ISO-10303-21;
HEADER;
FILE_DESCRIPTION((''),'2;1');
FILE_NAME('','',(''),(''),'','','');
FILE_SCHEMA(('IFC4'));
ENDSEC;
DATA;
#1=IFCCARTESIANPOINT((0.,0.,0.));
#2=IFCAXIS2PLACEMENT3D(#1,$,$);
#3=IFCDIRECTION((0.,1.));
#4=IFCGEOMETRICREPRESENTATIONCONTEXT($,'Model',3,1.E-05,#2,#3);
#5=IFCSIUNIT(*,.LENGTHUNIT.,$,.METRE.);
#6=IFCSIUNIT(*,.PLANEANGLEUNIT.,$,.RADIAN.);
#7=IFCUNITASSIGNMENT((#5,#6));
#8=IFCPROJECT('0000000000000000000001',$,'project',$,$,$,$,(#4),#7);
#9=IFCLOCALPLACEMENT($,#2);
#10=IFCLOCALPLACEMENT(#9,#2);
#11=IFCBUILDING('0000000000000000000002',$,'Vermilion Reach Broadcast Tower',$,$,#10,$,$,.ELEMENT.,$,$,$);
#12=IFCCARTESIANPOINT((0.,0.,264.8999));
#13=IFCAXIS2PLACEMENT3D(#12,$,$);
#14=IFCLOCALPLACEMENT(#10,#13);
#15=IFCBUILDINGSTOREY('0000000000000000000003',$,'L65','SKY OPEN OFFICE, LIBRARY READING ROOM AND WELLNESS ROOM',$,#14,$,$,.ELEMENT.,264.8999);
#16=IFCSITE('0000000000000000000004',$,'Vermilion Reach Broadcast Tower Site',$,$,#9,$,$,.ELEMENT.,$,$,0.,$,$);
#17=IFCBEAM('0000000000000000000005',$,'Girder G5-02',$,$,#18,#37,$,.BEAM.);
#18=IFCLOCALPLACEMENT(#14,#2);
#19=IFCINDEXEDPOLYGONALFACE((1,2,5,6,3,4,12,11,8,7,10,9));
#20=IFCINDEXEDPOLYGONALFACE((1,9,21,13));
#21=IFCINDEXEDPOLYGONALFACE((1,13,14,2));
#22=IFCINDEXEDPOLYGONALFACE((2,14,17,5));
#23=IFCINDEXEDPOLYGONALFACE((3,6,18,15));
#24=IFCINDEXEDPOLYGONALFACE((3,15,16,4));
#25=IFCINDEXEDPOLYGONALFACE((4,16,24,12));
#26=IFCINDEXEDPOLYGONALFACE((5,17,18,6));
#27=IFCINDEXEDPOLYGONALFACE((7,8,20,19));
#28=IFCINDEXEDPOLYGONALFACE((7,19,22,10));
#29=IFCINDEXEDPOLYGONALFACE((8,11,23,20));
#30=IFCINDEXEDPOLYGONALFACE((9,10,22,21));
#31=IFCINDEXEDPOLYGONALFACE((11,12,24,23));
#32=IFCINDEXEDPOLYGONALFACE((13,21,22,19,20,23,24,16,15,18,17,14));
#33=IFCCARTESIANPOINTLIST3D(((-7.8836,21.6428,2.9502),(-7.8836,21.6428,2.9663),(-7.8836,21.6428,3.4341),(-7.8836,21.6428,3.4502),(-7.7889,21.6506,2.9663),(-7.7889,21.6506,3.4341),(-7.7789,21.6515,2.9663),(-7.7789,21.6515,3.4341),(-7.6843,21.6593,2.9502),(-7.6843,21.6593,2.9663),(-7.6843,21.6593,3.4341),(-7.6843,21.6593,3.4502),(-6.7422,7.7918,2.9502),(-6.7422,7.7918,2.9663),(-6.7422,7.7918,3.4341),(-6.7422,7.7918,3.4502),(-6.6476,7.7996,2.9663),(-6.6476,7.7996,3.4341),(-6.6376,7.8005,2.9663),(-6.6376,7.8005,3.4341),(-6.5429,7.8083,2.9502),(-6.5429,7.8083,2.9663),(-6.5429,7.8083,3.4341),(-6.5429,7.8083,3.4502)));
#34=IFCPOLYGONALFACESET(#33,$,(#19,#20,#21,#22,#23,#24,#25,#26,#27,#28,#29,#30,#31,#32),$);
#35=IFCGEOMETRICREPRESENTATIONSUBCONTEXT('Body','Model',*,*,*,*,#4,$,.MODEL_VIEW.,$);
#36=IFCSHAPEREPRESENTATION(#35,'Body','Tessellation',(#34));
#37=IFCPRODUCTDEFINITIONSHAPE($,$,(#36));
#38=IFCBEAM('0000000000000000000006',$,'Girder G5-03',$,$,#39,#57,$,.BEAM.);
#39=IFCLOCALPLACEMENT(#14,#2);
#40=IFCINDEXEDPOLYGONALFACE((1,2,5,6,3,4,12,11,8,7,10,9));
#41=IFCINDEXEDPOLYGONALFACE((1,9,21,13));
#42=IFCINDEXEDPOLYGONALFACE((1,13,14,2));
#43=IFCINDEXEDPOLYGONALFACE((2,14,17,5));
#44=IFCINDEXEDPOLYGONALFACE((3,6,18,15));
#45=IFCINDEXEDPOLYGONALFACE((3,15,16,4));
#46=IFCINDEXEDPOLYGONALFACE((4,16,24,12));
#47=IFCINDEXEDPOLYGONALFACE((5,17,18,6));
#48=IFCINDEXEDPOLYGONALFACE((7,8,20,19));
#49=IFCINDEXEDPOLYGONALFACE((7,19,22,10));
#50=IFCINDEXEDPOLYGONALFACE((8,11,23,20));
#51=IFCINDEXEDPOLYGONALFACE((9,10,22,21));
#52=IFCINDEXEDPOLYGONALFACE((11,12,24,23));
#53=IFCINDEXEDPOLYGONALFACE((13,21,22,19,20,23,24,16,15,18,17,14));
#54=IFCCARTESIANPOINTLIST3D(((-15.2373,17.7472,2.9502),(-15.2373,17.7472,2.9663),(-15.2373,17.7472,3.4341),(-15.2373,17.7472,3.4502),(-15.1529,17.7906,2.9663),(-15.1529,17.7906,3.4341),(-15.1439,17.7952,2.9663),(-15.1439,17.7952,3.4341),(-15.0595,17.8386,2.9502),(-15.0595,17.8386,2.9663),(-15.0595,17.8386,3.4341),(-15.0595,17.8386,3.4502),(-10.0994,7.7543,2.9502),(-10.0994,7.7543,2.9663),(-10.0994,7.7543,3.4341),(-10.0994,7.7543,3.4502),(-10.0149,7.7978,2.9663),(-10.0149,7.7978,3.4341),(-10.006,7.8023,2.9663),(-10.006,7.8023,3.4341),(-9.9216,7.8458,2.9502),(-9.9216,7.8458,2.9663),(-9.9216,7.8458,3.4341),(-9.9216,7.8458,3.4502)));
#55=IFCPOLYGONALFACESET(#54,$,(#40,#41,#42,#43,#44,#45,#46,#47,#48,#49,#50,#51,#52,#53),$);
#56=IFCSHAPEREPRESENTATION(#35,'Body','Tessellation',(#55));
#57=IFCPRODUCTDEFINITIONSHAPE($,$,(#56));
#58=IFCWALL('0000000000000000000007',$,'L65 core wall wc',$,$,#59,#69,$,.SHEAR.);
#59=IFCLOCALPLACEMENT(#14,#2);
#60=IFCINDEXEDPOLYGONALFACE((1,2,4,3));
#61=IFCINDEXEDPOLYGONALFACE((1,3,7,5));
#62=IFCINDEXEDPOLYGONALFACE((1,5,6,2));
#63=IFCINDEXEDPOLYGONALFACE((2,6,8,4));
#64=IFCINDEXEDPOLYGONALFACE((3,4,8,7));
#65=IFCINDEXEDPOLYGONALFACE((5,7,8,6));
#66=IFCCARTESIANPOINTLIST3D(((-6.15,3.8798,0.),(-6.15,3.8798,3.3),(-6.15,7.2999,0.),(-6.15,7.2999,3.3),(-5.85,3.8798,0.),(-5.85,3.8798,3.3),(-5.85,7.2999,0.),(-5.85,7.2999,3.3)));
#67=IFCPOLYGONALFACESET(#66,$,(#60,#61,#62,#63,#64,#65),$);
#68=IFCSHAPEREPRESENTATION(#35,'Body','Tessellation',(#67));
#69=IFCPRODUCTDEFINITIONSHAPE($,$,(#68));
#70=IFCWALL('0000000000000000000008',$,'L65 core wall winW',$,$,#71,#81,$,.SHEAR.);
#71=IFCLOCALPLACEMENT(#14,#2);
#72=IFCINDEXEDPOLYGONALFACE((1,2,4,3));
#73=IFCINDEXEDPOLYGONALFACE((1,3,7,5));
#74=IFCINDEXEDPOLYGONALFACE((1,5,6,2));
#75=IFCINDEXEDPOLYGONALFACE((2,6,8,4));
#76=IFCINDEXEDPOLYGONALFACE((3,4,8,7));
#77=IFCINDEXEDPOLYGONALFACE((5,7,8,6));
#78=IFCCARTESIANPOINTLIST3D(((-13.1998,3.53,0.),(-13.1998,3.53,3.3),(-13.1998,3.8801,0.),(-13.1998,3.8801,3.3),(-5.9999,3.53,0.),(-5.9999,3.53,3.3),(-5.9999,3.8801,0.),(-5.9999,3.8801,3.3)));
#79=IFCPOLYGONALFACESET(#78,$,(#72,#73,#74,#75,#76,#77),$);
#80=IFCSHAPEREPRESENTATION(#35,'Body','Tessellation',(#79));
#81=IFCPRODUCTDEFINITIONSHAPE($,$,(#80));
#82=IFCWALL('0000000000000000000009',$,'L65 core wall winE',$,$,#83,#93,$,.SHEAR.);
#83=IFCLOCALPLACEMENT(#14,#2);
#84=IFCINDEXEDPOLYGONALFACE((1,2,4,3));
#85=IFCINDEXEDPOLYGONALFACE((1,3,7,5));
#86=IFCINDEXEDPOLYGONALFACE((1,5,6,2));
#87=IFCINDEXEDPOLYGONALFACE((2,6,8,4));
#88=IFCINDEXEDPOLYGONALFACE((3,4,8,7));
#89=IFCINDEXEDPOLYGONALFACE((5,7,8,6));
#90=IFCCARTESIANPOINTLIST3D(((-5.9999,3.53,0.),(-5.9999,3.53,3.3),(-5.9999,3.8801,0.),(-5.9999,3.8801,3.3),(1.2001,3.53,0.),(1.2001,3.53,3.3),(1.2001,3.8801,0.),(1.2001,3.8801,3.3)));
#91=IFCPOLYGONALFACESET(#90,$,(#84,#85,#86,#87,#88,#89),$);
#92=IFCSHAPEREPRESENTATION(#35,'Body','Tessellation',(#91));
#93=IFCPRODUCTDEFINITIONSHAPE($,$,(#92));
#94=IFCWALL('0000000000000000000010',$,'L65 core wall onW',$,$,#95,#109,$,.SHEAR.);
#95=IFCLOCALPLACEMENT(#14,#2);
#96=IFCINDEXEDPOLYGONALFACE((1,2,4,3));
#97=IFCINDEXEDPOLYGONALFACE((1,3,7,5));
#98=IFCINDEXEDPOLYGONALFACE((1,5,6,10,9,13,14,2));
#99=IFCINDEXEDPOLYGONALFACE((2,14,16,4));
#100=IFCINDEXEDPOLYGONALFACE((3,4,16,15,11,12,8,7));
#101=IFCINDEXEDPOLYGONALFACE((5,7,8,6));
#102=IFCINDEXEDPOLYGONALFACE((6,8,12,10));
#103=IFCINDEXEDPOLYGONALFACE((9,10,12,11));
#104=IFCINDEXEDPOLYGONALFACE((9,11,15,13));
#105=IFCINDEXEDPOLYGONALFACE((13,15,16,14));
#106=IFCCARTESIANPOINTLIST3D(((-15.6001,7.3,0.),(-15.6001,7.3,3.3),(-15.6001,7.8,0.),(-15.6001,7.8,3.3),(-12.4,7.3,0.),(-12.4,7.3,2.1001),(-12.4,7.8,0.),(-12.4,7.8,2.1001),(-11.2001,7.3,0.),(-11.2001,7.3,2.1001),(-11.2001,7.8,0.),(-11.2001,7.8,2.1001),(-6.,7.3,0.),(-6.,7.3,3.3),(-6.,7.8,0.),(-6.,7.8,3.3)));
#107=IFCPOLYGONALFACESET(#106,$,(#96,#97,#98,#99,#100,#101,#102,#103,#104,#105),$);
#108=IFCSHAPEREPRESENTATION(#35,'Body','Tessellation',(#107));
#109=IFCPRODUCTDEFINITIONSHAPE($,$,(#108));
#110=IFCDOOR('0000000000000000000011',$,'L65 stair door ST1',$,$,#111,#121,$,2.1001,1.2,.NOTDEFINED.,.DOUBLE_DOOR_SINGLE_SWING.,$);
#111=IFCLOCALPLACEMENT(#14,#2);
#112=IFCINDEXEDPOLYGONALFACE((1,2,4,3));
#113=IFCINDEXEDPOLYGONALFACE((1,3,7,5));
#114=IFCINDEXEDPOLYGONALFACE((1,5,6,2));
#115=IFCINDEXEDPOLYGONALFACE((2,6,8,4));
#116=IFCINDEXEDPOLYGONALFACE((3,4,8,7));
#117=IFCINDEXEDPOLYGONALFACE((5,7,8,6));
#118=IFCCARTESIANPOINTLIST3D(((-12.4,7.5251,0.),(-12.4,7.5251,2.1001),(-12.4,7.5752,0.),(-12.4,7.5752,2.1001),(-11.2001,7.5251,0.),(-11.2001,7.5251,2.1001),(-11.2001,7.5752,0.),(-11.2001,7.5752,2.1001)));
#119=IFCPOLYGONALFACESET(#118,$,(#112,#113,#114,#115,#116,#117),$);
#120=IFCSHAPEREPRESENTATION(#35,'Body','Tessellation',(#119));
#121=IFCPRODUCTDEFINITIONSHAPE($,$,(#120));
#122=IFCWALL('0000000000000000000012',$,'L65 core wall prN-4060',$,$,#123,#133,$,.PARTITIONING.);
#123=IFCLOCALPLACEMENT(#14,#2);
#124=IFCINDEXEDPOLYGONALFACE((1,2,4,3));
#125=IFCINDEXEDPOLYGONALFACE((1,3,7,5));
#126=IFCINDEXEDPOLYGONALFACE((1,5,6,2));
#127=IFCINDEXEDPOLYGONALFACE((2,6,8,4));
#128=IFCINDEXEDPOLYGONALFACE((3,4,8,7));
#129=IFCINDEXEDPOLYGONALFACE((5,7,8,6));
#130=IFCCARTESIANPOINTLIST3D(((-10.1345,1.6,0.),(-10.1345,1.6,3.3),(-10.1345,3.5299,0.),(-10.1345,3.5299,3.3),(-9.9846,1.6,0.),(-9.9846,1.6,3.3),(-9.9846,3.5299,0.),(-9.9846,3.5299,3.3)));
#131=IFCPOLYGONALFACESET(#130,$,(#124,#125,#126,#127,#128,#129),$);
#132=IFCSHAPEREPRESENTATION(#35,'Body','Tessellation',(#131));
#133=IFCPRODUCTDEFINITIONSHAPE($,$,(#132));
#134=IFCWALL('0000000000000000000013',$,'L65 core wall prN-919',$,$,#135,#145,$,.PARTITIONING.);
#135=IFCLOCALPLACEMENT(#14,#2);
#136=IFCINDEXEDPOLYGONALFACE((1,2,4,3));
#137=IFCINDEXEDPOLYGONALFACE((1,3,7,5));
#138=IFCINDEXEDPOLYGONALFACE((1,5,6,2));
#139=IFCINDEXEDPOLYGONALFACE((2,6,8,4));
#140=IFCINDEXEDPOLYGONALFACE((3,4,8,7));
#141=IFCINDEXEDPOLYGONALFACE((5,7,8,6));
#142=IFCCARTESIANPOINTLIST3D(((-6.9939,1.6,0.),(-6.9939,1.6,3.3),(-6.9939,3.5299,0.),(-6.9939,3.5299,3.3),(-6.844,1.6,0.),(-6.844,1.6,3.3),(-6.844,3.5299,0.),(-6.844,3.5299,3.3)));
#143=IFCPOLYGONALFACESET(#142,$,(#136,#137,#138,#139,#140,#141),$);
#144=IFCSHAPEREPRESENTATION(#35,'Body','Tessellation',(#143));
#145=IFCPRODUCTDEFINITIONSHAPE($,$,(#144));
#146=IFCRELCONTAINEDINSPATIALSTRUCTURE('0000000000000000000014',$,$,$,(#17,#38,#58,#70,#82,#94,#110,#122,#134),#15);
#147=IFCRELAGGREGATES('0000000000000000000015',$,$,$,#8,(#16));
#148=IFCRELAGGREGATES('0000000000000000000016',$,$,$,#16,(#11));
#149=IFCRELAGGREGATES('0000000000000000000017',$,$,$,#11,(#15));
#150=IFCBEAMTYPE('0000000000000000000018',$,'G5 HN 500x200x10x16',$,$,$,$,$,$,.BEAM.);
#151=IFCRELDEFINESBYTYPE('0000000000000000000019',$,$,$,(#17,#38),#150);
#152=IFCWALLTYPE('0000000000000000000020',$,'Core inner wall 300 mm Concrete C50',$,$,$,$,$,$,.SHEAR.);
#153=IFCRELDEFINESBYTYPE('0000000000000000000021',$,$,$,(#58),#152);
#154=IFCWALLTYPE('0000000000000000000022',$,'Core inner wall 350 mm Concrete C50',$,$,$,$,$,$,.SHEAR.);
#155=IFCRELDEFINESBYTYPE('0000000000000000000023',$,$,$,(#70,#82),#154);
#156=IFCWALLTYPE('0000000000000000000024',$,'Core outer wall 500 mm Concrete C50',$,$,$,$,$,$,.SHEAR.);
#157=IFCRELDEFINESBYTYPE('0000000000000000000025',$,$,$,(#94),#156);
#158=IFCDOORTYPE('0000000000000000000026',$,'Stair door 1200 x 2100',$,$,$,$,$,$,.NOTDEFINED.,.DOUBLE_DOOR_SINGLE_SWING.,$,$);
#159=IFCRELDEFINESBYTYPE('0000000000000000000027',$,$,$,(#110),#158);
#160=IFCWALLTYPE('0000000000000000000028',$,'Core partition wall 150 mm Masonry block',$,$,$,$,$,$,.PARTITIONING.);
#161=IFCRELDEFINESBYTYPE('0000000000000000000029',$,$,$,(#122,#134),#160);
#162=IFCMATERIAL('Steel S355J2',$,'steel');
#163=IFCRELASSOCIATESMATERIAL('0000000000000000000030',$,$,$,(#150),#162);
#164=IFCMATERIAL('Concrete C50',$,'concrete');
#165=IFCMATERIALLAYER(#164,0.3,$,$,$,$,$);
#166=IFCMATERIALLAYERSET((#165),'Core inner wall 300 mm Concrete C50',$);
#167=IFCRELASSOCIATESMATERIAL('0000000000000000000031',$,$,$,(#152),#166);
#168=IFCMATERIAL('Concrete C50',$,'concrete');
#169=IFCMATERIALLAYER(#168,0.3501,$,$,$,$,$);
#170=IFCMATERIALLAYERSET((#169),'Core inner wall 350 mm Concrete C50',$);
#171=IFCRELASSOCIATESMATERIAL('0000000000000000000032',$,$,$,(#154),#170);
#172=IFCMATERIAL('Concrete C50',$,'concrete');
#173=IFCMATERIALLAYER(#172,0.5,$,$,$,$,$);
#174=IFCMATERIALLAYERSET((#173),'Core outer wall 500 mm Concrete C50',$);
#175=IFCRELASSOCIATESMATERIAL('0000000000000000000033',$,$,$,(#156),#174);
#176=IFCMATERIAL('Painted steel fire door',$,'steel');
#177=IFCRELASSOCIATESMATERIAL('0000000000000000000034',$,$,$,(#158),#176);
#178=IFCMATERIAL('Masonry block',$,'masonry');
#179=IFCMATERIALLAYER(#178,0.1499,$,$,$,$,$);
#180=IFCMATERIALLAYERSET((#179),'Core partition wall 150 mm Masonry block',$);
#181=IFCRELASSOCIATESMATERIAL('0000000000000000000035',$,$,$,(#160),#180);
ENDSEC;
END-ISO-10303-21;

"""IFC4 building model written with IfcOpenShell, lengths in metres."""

from ifc_helpers import new_model, si_unit, direction, frame, frame_2d, origin, origin_2d, place, context, subcontext, project, spatial, rectangle, i_section, extrude, material, layer, layer_set, material_profile, profile_set, type_object, element, fill, save


model = new_model("IFC4")

# Units and contexts
model_context = context("Model", 3, precision=1e-05, world=origin(), true_north=direction((0.0, 1.0)))
body_context = subcontext(model_context, "Body", "Model", "MODEL_VIEW")
ifc_project = project(units=[si_unit("LENGTHUNIT", "METRE"), si_unit("PLANEANGLEUNIT", "RADIAN")], contexts=[model_context])

# Site, building, storey
site_placement = place(None, origin())
site = spatial("IfcSite", under=ifc_project, at=site_placement, Name="Vermilion Reach Broadcast Tower Site", CompositionType="ELEMENT", RefElevation=0.0)
building_placement = place(site_placement, origin())
building = spatial("IfcBuilding", under=site, at=building_placement, Name="Vermilion Reach Broadcast Tower", CompositionType="ELEMENT")
storey_placement = place(building_placement, frame((0.0, 0.0, 264.8999)))
storey = spatial("IfcBuildingStorey", under=building, at=storey_placement, Name="L65", Description="SKY OPEN OFFICE, LIBRARY READING ROOM AND WELLNESS ROOM", CompositionType="ELEMENT", Elevation=264.8999)

# Beams
ifc_material_1 = material(Name="Steel S355J2", Category="steel")
ifc_material_profile = material_profile(ifc_material_1, i_section(OverallWidth=0.2, OverallDepth=0.5, WebThickness=0.01, FlangeThickness=0.0161, at=origin_2d()), Name="S355J2 HN 500x200x10x16")
ifc_profile_set = profile_set([ifc_material_profile], Name="Steel S355J2")
beam_type = type_object("IfcBeamType", Name="G5 HN 500x200x10x16", PredefinedType="BEAM", material=ifc_profile_set)
beam_1_placement = place(storey_placement, frame((-6.6426, 7.8, 3.2002), z_axis=(-0.082124, 0.996622, 0.0), x_axis=(-0.996622, -0.082124, 0.0)))
element("IfcBeam", 1, at=beam_1_placement, inside=storey, type_object=beam_type, Name="Girder G5-02", PredefinedType="BEAM", context=body_context, shape_type="SweptSolid", body=[
    extrude(i_section(OverallWidth=0.2, OverallDepth=0.5, WebThickness=0.01, FlangeThickness=0.0161, at=origin_2d()), origin(), (0.0, 0.0, 1.0), 13.8979),
])
beam_2_placement = place(storey_placement, frame((-10.0105, 7.8, 3.2002), z_axis=(-0.457258, 0.889334, 0.0), x_axis=(-0.889334, -0.457258, 0.0)))
element("IfcBeam", 2, at=beam_2_placement, inside=storey, type_object=beam_type, Name="Girder G5-03", PredefinedType="BEAM", context=body_context, shape_type="SweptSolid", body=[
    extrude(i_section(OverallWidth=0.2, OverallDepth=0.5, WebThickness=0.01, FlangeThickness=0.0161, at=origin_2d()), origin(), (0.0, 0.0, 1.0), 11.2363),
])

# Walls
ifc_material_2 = material(Name="Concrete C50", Category="concrete")
ifc_layer_1 = layer(ifc_material_2, 0.3)
ifc_layer_set_1 = layer_set([ifc_layer_1], Name="Core inner wall 300 mm Concrete C50")
wall_type_1 = type_object("IfcWallType", Name="Core inner wall 300 mm Concrete C50", PredefinedType="SHEAR", material=ifc_layer_set_1)
wall_1_placement = place(storey_placement, frame((-6.0, 3.8799, 0.0), z_axis=(0.0, 0.0, 1.0), x_axis=(0.0, 1.0, 0.0)))
element("IfcWall", 3, at=wall_1_placement, inside=storey, type_object=wall_type_1, Name="L65 core wall wc", PredefinedType="SHEAR", context=body_context, shape_type="SweptSolid", body=[
    extrude(rectangle(XDim=3.4202, YDim=0.3, at=frame_2d((1.71, 0.0))), origin(), (0.0, 0.0, 1.0), 3.3),
])
ifc_material_3 = material(Name="Concrete C50", Category="concrete")
ifc_layer_2 = layer(ifc_material_3, 0.3501)
ifc_layer_set_2 = layer_set([ifc_layer_2], Name="Core inner wall 350 mm Concrete C50")
wall_type_2 = type_object("IfcWallType", Name="Core inner wall 350 mm Concrete C50", PredefinedType="SHEAR", material=ifc_layer_set_2)
for number, where, z_axis, x_axis, name in (
    (4, (-13.2, 3.7051, 0.0), (0.0, 0.0, 1.0), (1.0, 0.0, 0.0), "L65 core wall winW"),
    (5, (-6.0, 3.7051, 0.0), (0.0, 0.0, 1.0), (1.0, 0.0, 0.0), "L65 core wall winE"),
):
    element("IfcWall", number, at=place(storey_placement, frame(where, z_axis=z_axis, x_axis=x_axis)), inside=storey, type_object=wall_type_2, Name=name, PredefinedType="SHEAR", context=body_context, shape_type="SweptSolid", body=[
        extrude(rectangle(XDim=7.2, YDim=0.3501, at=frame_2d((3.6001, 0.0))), origin(), (0.0, 0.0, 1.0), 3.3),
    ])

# Wall, opening, door
ifc_material_4 = material(Name="Concrete C50", Category="concrete")
ifc_layer_3 = layer(ifc_material_4, 0.5)
ifc_layer_set_3 = layer_set([ifc_layer_3], Name="Core outer wall 500 mm Concrete C50")
wall_type_3 = type_object("IfcWallType", Name="Core outer wall 500 mm Concrete C50", PredefinedType="SHEAR", material=ifc_layer_set_3)
wall_2_placement = place(storey_placement, frame((-6.0, 7.55, 0.0), z_axis=(0.0, 0.0, 1.0), x_axis=(-1.0, 0.0, 0.0)))
wall_2 = element("IfcWall", 6, at=wall_2_placement, inside=storey, type_object=wall_type_3, Name="L65 core wall onW", PredefinedType="SHEAR", context=body_context, shape_type="SweptSolid", body=[
    extrude(rectangle(XDim=9.6001, YDim=0.5, at=frame_2d((4.8, 0.0))), origin(), (0.0, 0.0, 1.0), 3.3),
])
opening_1_placement = place(wall_2_placement, frame((5.2, 0.0, 0.0)))
opening_1 = element("IfcOpeningElement", 7, at=opening_1_placement, cuts=wall_2, PredefinedType="OPENING", context=body_context, shape_type="SweptSolid", body=[
    extrude(rectangle(XDim=1.2, YDim=2.1001, at=frame_2d((0.6001, 1.05))), frame((0.0, 0.26, 0.0), z_axis=(0.0, -1.0, 0.0), x_axis=(1.0, 0.0, 0.0)), (0.0, 0.0, 1.0), 0.52),
])
ifc_material_5 = material(Name="Painted steel fire door", Category="steel")
door_type_1 = type_object("IfcDoorType", Name="Stair door 1200 x 2100", OperationType="DOUBLE_DOOR_SINGLE_SWING", PredefinedType="NOTDEFINED", material=ifc_material_5)
door_1_placement = place(opening_1_placement, origin())
door_1 = element("IfcDoor", 8, at=door_1_placement, inside=storey, type_object=door_type_1, Name="L65 stair door ST1", OperationType="DOUBLE_DOOR_SINGLE_SWING", OverallHeight=2.1001, OverallWidth=1.2, PredefinedType="NOTDEFINED", context=body_context, shape_type="SweptSolid", body=[
    extrude(rectangle(XDim=1.2, YDim=2.1001, at=frame_2d((0.6001, 1.05))), frame((0.0, 0.0249, 0.0), z_axis=(0.0, -1.0, 0.0), x_axis=(1.0, 0.0, 0.0)), (0.0, 0.0, 1.0), 0.05),
])
fill(opening_1, door_1)

# Walls
ifc_material_6 = material(Name="Masonry block", Category="masonry")
ifc_layer_4 = layer(ifc_material_6, 0.1499)
ifc_layer_set_4 = layer_set([ifc_layer_4], Name="Core partition wall 150 mm Masonry block")
wall_type_4 = type_object("IfcWallType", Name="Core partition wall 150 mm Masonry block", PredefinedType="PARTITIONING", material=ifc_layer_set_4)
for number, where, z_axis, x_axis, name in (
    (9, (-10.0596, 1.6001, 0.0), (0.0, 0.0, 1.0), (0.0, 1.0, 0.0), "L65 core wall prN-4060"),
    (10, (-6.9189, 1.6001, 0.0), (0.0, 0.0, 1.0), (0.0, 1.0, 0.0), "L65 core wall prN-919"),
):
    element("IfcWall", number, at=place(storey_placement, frame(where, z_axis=z_axis, x_axis=x_axis)), inside=storey, type_object=wall_type_4, Name=name, PredefinedType="PARTITIONING", context=body_context, shape_type="SweptSolid", body=[
        extrude(rectangle(XDim=1.9299, YDim=0.1499, at=frame_2d((0.9648, 0.0))), origin(), (0.0, 0.0, 1.0), 3.3),
    ])

save(model, "model.ifc")
